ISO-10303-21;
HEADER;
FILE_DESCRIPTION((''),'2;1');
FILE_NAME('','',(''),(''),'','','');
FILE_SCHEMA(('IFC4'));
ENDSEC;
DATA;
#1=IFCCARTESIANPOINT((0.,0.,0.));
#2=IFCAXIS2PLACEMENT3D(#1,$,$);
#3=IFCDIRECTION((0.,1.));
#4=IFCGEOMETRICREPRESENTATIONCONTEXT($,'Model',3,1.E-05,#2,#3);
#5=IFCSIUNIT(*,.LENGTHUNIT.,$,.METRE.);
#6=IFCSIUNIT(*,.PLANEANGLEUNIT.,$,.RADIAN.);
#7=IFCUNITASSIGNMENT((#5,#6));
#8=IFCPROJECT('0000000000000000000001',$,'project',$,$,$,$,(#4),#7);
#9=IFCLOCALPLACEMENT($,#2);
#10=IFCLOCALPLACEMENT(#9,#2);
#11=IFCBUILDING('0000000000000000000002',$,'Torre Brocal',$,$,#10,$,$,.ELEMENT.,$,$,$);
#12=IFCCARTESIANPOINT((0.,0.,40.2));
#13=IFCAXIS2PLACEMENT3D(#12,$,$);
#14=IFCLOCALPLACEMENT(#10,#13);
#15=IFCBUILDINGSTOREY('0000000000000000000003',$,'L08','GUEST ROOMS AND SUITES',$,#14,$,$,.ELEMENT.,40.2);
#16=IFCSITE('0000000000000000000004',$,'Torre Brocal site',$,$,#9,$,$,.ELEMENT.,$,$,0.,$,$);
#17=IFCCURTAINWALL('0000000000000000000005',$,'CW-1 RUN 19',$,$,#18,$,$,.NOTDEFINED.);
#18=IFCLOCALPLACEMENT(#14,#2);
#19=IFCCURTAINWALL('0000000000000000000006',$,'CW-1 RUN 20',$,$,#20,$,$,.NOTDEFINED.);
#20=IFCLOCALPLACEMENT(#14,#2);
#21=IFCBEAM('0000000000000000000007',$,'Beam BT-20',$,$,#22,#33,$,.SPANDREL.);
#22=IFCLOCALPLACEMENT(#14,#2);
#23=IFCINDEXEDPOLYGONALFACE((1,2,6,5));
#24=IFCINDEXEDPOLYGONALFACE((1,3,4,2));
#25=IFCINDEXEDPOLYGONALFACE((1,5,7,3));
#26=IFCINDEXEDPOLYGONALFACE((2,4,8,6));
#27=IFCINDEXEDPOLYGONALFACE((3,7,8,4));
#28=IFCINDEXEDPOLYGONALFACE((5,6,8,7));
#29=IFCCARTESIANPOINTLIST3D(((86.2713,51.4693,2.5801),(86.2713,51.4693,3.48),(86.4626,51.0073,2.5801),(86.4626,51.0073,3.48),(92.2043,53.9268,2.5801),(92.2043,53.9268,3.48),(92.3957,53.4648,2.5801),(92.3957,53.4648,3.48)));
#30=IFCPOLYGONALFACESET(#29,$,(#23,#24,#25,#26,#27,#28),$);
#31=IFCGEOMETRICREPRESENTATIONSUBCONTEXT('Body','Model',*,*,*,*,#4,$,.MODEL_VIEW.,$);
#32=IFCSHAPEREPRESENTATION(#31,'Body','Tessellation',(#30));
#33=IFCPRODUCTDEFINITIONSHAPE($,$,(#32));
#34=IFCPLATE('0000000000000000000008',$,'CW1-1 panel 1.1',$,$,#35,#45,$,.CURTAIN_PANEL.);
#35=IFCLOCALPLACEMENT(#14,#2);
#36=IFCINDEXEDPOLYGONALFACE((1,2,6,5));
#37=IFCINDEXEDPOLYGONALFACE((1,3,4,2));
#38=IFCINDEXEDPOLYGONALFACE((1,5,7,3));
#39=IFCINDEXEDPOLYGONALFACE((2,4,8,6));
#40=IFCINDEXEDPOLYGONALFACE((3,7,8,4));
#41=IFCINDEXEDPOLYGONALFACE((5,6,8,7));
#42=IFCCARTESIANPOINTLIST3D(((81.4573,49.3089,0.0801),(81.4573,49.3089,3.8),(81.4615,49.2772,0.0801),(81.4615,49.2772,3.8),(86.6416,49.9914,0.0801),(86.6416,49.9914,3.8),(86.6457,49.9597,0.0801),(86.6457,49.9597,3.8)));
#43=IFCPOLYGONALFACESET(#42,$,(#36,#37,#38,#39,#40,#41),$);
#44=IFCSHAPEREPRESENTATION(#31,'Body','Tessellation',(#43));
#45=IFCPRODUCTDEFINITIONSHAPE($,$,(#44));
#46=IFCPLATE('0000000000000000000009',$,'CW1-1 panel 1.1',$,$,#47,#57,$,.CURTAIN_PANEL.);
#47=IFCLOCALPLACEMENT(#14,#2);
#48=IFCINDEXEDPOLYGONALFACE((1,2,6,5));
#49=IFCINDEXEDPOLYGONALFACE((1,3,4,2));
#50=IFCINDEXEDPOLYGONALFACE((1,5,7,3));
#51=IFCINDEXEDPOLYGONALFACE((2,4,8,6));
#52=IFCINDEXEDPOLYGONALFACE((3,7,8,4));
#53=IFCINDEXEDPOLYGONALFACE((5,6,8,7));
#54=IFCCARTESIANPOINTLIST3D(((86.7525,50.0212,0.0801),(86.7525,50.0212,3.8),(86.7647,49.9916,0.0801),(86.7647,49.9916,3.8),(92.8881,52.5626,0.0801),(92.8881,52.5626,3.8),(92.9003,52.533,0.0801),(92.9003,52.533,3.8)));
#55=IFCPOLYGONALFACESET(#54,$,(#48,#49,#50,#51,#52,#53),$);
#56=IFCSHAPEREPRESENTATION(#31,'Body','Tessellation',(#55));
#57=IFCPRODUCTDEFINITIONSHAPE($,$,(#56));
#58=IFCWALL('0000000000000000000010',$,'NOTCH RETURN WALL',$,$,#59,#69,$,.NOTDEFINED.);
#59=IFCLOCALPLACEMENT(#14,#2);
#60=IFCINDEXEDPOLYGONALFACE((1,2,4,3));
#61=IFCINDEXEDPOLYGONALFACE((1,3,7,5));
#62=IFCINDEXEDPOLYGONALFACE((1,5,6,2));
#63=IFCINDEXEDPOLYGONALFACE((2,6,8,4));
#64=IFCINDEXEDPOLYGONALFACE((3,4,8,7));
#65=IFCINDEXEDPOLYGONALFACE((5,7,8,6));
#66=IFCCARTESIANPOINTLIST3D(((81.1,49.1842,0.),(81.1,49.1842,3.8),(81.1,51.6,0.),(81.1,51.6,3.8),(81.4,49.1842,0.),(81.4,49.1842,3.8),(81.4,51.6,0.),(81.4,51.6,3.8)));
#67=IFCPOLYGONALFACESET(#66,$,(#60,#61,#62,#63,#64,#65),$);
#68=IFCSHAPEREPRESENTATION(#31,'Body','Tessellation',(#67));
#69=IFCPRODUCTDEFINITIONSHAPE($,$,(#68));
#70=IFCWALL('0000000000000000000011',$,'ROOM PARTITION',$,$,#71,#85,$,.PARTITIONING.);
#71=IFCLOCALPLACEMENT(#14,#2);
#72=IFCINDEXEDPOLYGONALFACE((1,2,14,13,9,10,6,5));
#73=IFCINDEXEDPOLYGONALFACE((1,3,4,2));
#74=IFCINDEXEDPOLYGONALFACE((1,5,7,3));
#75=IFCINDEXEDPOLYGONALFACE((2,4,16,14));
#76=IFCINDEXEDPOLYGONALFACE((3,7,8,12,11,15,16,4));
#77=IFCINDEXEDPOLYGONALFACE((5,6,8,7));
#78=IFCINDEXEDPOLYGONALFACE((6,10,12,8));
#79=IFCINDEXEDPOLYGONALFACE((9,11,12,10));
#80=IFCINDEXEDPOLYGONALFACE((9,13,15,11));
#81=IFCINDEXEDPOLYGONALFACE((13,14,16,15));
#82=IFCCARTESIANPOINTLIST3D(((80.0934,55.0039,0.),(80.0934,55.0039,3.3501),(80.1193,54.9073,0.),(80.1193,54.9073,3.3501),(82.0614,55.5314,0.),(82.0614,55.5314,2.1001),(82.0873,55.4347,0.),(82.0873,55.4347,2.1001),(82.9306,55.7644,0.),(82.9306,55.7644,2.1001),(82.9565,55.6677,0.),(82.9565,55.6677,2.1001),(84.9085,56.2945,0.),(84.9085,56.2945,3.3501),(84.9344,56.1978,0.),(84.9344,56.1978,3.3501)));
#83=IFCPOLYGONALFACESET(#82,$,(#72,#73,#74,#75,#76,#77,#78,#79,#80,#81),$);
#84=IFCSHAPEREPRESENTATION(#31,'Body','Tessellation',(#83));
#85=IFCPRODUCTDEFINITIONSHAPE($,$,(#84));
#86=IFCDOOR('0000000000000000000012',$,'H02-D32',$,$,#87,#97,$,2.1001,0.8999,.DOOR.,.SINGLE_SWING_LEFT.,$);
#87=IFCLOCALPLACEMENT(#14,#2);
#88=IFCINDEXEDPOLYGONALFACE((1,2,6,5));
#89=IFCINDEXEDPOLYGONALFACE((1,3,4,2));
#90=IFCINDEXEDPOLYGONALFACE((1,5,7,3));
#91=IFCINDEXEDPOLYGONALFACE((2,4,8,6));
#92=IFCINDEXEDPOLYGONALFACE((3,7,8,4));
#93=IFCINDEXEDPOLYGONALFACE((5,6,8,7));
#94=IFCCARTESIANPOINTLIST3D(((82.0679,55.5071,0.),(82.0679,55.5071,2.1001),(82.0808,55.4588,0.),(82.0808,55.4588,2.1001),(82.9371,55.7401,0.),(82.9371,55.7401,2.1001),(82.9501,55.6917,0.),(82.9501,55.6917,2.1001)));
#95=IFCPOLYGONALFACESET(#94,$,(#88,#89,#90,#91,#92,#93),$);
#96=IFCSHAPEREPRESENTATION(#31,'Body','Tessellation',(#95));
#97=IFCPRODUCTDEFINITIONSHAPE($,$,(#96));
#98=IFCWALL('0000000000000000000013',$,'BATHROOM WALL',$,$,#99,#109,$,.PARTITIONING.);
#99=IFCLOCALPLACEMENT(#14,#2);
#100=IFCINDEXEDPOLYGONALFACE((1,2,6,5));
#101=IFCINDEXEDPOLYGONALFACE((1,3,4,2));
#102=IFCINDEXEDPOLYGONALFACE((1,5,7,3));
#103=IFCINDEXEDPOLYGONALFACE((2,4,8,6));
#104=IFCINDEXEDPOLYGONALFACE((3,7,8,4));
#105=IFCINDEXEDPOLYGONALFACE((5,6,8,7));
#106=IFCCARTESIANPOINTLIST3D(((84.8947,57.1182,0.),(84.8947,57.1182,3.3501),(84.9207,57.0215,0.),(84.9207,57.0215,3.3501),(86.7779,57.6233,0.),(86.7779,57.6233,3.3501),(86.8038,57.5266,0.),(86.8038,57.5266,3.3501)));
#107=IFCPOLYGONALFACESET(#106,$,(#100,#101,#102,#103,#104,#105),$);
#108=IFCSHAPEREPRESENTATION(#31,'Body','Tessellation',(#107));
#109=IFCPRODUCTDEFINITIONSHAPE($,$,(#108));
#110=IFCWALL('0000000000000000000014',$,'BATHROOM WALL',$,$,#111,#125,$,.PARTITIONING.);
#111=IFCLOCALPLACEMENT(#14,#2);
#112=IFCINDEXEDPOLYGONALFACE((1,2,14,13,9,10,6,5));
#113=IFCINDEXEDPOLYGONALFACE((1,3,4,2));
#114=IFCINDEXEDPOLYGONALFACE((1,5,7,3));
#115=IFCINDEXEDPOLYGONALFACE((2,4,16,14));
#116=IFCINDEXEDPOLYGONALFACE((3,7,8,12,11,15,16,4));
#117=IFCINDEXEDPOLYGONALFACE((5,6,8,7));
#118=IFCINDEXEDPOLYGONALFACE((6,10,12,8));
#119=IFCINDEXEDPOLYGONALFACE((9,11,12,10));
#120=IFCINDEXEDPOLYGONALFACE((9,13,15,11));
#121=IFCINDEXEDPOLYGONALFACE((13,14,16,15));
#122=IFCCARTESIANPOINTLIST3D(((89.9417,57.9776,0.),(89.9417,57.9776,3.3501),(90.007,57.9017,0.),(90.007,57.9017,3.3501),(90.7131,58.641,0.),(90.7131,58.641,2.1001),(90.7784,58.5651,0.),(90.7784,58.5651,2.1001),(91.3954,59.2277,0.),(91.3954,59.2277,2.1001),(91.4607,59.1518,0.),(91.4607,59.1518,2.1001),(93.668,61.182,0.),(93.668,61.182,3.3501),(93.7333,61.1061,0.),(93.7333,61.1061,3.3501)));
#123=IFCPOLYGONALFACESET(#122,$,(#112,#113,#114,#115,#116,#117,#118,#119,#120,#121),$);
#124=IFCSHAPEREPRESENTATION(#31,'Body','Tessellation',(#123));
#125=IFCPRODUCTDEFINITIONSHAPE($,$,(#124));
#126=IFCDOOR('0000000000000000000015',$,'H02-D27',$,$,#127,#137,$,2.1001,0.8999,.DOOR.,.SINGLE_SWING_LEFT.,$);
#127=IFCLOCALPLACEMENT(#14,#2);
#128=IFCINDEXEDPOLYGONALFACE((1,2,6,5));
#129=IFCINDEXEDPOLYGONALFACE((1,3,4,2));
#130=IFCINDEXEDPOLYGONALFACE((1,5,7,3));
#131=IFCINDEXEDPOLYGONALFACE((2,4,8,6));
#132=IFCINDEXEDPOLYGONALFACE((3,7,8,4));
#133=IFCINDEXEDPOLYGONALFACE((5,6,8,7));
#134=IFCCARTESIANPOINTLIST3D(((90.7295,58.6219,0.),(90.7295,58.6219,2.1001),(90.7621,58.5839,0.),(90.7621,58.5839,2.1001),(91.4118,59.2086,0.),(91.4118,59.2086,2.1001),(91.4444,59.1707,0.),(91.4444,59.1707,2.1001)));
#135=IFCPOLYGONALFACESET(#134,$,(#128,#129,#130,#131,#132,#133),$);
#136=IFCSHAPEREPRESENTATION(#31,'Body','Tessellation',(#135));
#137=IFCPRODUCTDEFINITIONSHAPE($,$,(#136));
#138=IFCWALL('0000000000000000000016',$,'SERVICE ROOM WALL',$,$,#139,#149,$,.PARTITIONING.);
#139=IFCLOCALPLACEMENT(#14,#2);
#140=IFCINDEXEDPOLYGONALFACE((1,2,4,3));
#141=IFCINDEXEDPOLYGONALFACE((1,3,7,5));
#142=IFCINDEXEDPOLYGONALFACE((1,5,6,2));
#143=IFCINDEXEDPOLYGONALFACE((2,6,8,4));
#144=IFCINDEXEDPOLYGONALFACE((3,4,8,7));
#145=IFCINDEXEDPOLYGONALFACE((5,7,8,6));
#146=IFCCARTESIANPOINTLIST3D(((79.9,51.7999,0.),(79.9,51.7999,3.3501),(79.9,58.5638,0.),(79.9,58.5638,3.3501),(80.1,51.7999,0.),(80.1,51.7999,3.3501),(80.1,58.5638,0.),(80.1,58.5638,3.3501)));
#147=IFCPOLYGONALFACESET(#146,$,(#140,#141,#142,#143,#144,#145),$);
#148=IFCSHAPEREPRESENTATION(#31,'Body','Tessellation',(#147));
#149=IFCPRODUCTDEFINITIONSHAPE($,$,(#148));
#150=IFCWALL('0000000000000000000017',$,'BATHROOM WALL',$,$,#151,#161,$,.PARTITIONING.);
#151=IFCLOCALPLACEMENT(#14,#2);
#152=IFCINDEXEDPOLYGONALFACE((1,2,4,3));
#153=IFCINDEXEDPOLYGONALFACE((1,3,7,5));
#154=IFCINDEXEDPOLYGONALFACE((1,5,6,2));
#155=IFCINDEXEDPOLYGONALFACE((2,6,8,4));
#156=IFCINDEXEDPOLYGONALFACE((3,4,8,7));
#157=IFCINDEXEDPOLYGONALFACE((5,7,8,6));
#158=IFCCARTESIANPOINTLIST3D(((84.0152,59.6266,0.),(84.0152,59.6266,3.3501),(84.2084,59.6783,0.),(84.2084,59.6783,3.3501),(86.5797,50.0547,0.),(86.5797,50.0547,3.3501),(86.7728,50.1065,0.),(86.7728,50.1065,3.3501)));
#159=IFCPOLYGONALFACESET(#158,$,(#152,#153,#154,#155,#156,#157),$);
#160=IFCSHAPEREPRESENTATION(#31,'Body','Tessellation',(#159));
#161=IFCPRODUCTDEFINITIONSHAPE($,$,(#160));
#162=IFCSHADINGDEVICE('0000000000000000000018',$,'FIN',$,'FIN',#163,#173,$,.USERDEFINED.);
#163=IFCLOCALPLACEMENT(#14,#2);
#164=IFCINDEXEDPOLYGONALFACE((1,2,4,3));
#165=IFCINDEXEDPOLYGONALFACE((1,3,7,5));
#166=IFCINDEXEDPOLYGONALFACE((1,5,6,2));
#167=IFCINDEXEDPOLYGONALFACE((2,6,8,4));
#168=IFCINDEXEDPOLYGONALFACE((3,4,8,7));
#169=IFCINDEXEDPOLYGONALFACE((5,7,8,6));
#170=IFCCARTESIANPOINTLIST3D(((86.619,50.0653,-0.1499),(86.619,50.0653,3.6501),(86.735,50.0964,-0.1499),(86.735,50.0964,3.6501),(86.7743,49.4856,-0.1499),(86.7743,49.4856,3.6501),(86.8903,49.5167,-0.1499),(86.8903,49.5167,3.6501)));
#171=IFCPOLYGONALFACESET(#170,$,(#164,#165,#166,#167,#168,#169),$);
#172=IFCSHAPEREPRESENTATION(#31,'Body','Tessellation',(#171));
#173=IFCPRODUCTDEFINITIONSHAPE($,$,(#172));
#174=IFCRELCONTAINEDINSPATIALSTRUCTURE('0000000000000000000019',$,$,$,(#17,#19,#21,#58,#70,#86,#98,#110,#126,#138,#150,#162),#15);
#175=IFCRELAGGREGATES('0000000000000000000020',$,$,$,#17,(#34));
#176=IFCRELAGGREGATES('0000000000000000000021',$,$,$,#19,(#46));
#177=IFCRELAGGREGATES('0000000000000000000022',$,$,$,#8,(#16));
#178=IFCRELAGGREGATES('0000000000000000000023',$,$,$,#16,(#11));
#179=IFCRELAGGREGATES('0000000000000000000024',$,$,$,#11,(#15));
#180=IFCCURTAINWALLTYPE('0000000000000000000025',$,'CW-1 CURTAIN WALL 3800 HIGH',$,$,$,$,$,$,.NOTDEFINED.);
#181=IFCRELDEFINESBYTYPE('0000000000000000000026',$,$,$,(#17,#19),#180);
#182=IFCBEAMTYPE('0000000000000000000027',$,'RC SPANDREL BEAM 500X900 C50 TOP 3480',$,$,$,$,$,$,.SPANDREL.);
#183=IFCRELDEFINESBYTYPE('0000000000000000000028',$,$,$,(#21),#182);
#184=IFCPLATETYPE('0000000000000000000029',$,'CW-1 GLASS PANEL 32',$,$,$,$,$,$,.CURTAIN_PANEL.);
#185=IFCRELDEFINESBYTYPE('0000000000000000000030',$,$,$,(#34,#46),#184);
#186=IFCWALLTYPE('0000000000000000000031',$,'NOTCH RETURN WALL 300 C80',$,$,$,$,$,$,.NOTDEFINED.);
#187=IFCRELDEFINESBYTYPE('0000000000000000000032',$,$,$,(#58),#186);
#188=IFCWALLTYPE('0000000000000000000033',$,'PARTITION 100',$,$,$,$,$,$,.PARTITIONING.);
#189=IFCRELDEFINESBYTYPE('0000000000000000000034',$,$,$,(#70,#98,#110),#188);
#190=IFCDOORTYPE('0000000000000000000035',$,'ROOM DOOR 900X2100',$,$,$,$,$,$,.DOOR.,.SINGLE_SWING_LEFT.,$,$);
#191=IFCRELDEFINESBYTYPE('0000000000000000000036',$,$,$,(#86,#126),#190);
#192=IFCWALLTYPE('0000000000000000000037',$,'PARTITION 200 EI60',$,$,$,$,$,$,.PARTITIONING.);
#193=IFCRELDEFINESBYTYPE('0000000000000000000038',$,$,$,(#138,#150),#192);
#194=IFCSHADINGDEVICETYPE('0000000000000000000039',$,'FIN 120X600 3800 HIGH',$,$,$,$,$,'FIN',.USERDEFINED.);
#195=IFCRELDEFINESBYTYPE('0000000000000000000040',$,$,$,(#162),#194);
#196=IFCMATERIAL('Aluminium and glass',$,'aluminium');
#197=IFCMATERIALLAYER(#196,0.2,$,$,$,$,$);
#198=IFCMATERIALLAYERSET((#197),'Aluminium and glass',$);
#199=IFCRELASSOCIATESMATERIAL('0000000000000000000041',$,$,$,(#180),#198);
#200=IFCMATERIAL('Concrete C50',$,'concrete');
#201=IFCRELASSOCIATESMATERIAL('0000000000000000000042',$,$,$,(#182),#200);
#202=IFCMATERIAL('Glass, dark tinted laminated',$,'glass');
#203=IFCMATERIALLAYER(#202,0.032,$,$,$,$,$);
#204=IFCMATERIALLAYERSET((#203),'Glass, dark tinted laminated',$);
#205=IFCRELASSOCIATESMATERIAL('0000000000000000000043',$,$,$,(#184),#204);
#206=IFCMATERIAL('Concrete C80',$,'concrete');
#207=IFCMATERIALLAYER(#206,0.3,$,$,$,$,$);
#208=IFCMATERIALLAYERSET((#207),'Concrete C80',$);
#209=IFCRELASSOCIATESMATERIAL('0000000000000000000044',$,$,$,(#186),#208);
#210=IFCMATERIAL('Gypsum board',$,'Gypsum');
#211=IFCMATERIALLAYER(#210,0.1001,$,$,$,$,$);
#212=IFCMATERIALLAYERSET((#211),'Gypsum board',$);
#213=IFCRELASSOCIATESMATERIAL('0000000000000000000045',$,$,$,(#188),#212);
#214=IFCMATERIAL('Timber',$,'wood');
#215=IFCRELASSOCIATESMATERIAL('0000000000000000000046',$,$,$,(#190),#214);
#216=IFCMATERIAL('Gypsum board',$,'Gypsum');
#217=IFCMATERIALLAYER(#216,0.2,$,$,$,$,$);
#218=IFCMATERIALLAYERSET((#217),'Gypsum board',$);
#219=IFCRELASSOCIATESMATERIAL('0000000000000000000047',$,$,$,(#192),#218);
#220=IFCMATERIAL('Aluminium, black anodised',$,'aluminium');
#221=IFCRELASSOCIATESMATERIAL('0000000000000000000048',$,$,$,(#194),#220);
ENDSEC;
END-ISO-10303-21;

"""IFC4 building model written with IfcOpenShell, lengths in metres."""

from ifc_helpers import new_model, si_unit, direction, frame, frame_2d, origin, origin_2d, place, context, subcontext, project, spatial, rectangle, extrude, material, layer, layer_set, material_profile, profile_set, type_object, element, fill, aggregate, save


model = new_model("IFC4")

# Units and contexts
model_context = context("Model", 3, precision=1e-05, world=origin(), true_north=direction((0.0, 1.0)))
body_context = subcontext(model_context, "Body", "Model", "MODEL_VIEW")
ifc_project = project(units=[si_unit("LENGTHUNIT", "METRE"), si_unit("PLANEANGLEUNIT", "RADIAN")], contexts=[model_context])

# Site, building, storey
site_placement = place(None, origin())
site = spatial("IfcSite", under=ifc_project, at=site_placement, Name="Torre Brocal site", CompositionType="ELEMENT", RefElevation=0.0)
building_placement = place(site_placement, origin())
building = spatial("IfcBuilding", under=site, at=building_placement, Name="Torre Brocal", CompositionType="ELEMENT")
storey_placement = place(building_placement, frame((0.0, 0.0, 40.2)))
storey = spatial("IfcBuildingStorey", under=building, at=storey_placement, Name="L08", Description="GUEST ROOMS AND SUITES", CompositionType="ELEMENT", Elevation=40.2)

# Curtain wall
ifc_material_1 = material(Name="Aluminium and glass", Category="aluminium")
ifc_layer_1 = layer(ifc_material_1, 0.2)
ifc_layer_set_1 = layer_set([ifc_layer_1], Name="Aluminium and glass")
curtain_wall_type = type_object("IfcCurtainWallType", Name="CW-1 CURTAIN WALL 3800 HIGH", PredefinedType="NOTDEFINED", material=ifc_layer_set_1)
curtain_wall_1_placement = place(storey_placement, origin())
curtain_wall_1 = element("IfcCurtainWall", 1, at=curtain_wall_1_placement, inside=storey, type_object=curtain_wall_type, Name="CW-1 RUN 19", PredefinedType="NOTDEFINED")

# Curtain wall
curtain_wall_2_placement = place(storey_placement, origin())
curtain_wall_2 = element("IfcCurtainWall", 2, at=curtain_wall_2_placement, inside=storey, type_object=curtain_wall_type, Name="CW-1 RUN 20", PredefinedType="NOTDEFINED")

# Beam
ifc_material_2 = material(Name="Concrete C50", Category="concrete")
ifc_material_profile_1 = material_profile(ifc_material_2, rectangle(XDim=0.5, YDim=0.8999, at=origin_2d()), Name="RC 500X900")
ifc_profile_set_1 = profile_set([ifc_material_profile_1], Name="Concrete C50")
beam_type_1 = type_object("IfcBeamType", Name="RC SPANDREL BEAM 500X900 C50 TOP 3480", PredefinedType="SPANDREL", material=ifc_profile_set_1)
beam_1_placement = place(storey_placement, frame((86.3669, 51.2383, 3.03), z_axis=(0.923882, 0.382676, 0.0), x_axis=(-0.382676, 0.923882, 0.0)))
element("IfcBeam", 3, at=beam_1_placement, inside=storey, type_object=beam_type_1, Name="Beam BT-20", PredefinedType="SPANDREL", context=body_context, shape_type="SweptSolid", body=[
    extrude(rectangle(XDim=0.5, YDim=0.8999, at=origin_2d()), origin(), (0.0, 0.0, 1.0), 6.4219),
])

# Plates
ifc_material_3 = material(Name="Glass, dark tinted laminated", Category="glass")
ifc_layer_2 = layer(ifc_material_3, 0.032)
ifc_layer_set_2 = layer_set([ifc_layer_2], Name="Glass, dark tinted laminated")
plate_type = type_object("IfcPlateType", Name="CW-1 GLASS PANEL 32", PredefinedType="CURTAIN_PANEL", material=ifc_layer_set_2)
plate_1_placement = place(storey_placement, frame((84.0515, 49.6343, 0.0801), z_axis=(0.0, 0.0, 1.0), x_axis=(0.991445, 0.130526, 0.0)))
plate_1 = element("IfcPlate", 4, at=plate_1_placement, type_object=plate_type, Name="CW1-1 panel 1.1", PredefinedType="CURTAIN_PANEL", context=body_context, shape_type="SweptSolid", body=[
    extrude(rectangle(XDim=5.229, YDim=0.032, at=origin_2d()), origin(), (0.0, 0.0, 1.0), 3.72),
])
aggregate(curtain_wall_1, [plate_1])
plate_2_placement = place(storey_placement, frame((89.8264, 51.2771, 0.0801), z_axis=(0.0, 0.0, 1.0), x_axis=(0.92388, 0.382683, 0.0)))
plate_2 = element("IfcPlate", 5, at=plate_2_placement, type_object=plate_type, Name="CW1-1 panel 1.1", PredefinedType="CURTAIN_PANEL", context=body_context, shape_type="SweptSolid", body=[
    extrude(rectangle(XDim=6.6411, YDim=0.032, at=origin_2d()), origin(), (0.0, 0.0, 1.0), 3.72),
])
aggregate(curtain_wall_2, [plate_2])

# Wall
ifc_material_4 = material(Name="Concrete C80", Category="concrete")
ifc_layer_3 = layer(ifc_material_4, 0.3)
ifc_layer_set_3 = layer_set([ifc_layer_3], Name="Concrete C80")
wall_type_1 = type_object("IfcWallType", Name="NOTCH RETURN WALL 300 C80", PredefinedType="NOTDEFINED", material=ifc_layer_set_3)
wall_1_placement = place(storey_placement, frame((81.25, 51.6001, 0.0), z_axis=(0.0, 0.0, 1.0), x_axis=(0.0, -1.0, 0.0)))
element("IfcWall", 6, at=wall_1_placement, inside=storey, type_object=wall_type_1, Name="NOTCH RETURN WALL", PredefinedType="NOTDEFINED", context=body_context, shape_type="SweptSolid", body=[
    extrude(rectangle(XDim=2.4158, YDim=0.3, at=frame_2d((1.208, 0.0))), origin(), (0.0, 0.0, 1.0), 3.8),
])

# Wall, opening, door
ifc_material_5 = material(Name="Gypsum board", Category="Gypsum")
ifc_layer_4 = layer(ifc_material_5, 0.1001)
ifc_layer_set_4 = layer_set([ifc_layer_4], Name="Gypsum board")
wall_type_2 = type_object("IfcWallType", Name="PARTITION 100", PredefinedType="PARTITIONING", material=ifc_layer_set_4)
wall_2_placement = place(storey_placement, frame((80.1062, 54.9556, 0.0), z_axis=(0.0, 0.0, 1.0), x_axis=(0.965911, 0.258876, 0.0)))
wall_2 = element("IfcWall", 7, at=wall_2_placement, inside=storey, type_object=wall_type_2, Name="ROOM PARTITION", PredefinedType="PARTITIONING", context=body_context, shape_type="SweptSolid", body=[
    extrude(rectangle(XDim=4.9851, YDim=0.1001, at=frame_2d((2.4927, 0.0))), origin(), (0.0, 0.0, 1.0), 3.3501),
])
opening_1_placement = place(wall_2_placement, frame((2.0376, 0.0, 0.0)))
opening_1 = element("IfcOpeningElement", 8, at=opening_1_placement, cuts=wall_2, PredefinedType="OPENING", context=body_context, shape_type="SweptSolid", body=[
    extrude(rectangle(XDim=0.8999, YDim=2.1001, at=frame_2d((0.45, 1.05))), frame((0.0, 0.0601, 0.0), z_axis=(0.0, -1.0, 0.0), x_axis=(1.0, 0.0, 0.0)), (0.0, 0.0, 1.0), 0.1201),
])
ifc_material_6 = material(Name="Timber", Category="wood")
door_type = type_object("IfcDoorType", Name="ROOM DOOR 900X2100", OperationType="SINGLE_SWING_LEFT", PredefinedType="DOOR", material=ifc_material_6)
door_1_placement = place(opening_1_placement, origin())
door_1 = element("IfcDoor", 9, at=door_1_placement, inside=storey, type_object=door_type, Name="H02-D32", OperationType="SINGLE_SWING_LEFT", OverallHeight=2.1001, OverallWidth=0.8999, PredefinedType="DOOR", context=body_context, shape_type="SweptSolid", body=[
    extrude(rectangle(XDim=0.8999, YDim=2.1001, at=frame_2d((0.45, 1.05))), frame((0.0, 0.0249, 0.0), z_axis=(0.0, -1.0, 0.0), x_axis=(1.0, 0.0, 0.0)), (0.0, 0.0, 1.0), 0.05),
])
fill(opening_1, door_1)

# Wall
wall_3_placement = place(storey_placement, frame((84.9077, 57.0698, 0.0), z_axis=(0.0, 0.0, 1.0), x_axis=(0.965854, 0.259089, 0.0)))
element("IfcWall", 10, at=wall_3_placement, inside=storey, type_object=wall_type_2, Name="BATHROOM WALL", PredefinedType="PARTITIONING", context=body_context, shape_type="SweptSolid", body=[
    extrude(rectangle(XDim=1.9497, YDim=0.1001, at=frame_2d((0.9749, 0.0))), origin(), (0.0, 0.0, 1.0), 3.3501),
])

# Wall, opening, door
wall_4_placement = place(storey_placement, frame((89.9744, 57.9397, 0.0), z_axis=(0.0, 0.0, 1.0), x_axis=(0.758214, 0.652006, 0.0)))
wall_4 = element("IfcWall", 11, at=wall_4_placement, inside=storey, type_object=wall_type_2, Name="BATHROOM WALL", PredefinedType="PARTITIONING", context=body_context, shape_type="SweptSolid", body=[
    extrude(rectangle(XDim=4.9146, YDim=0.1001, at=frame_2d((2.4573, 0.0))), origin(), (0.0, 0.0, 1.0), 3.3501),
])
opening_2_placement = place(wall_4_placement, frame((1.0173, 0.0, 0.0)))
opening_2 = element("IfcOpeningElement", 12, at=opening_2_placement, cuts=wall_4, PredefinedType="OPENING", context=body_context, shape_type="SweptSolid", body=[
    extrude(rectangle(XDim=0.8999, YDim=2.1001, at=frame_2d((0.45, 1.05))), frame((0.0, 0.0601, 0.0), z_axis=(0.0, -1.0, 0.0), x_axis=(1.0, 0.0, 0.0)), (0.0, 0.0, 1.0), 0.1201),
])
door_2_placement = place(opening_2_placement, origin())
door_2 = element("IfcDoor", 13, at=door_2_placement, inside=storey, type_object=door_type, Name="H02-D27", OperationType="SINGLE_SWING_LEFT", OverallHeight=2.1001, OverallWidth=0.8999, PredefinedType="DOOR", context=body_context, shape_type="SweptSolid", body=[
    extrude(rectangle(XDim=0.8999, YDim=2.1001, at=frame_2d((0.45, 1.05))), frame((0.0, 0.0249, 0.0), z_axis=(0.0, -1.0, 0.0), x_axis=(1.0, 0.0, 0.0)), (0.0, 0.0, 1.0), 0.05),
])
fill(opening_2, door_2)

# Walls
ifc_material_7 = material(Name="Gypsum board", Category="Gypsum")
ifc_layer_5 = layer(ifc_material_7, 0.2)
ifc_layer_set_5 = layer_set([ifc_layer_5], Name="Gypsum board")
wall_type_3 = type_object("IfcWallType", Name="PARTITION 200 EI60", PredefinedType="PARTITIONING", material=ifc_layer_set_5)
wall_5_placement = place(storey_placement, frame((80.0, 51.8, 0.0), z_axis=(0.0, 0.0, 1.0), x_axis=(0.0, 1.0, 0.0)))
element("IfcWall", 14, at=wall_5_placement, inside=storey, type_object=wall_type_3, Name="SERVICE ROOM WALL", PredefinedType="PARTITIONING", context=body_context, shape_type="SweptSolid", body=[
    extrude(rectangle(XDim=6.7639, YDim=0.2, at=frame_2d((3.3818, 0.0))), origin(), (0.0, 0.0, 1.0), 3.3501),
])
wall_6_placement = place(storey_placement, frame((84.1118, 59.6523, 0.0), z_axis=(0.0, 0.0, 1.0), x_axis=(0.258791, -0.965933, 0.0)))
element("IfcWall", 15, at=wall_6_placement, inside=storey, type_object=wall_type_3, Name="BATHROOM WALL", PredefinedType="PARTITIONING", context=body_context, shape_type="SweptSolid", body=[
    extrude(rectangle(XDim=9.9094, YDim=0.2, at=frame_2d((4.9546, 0.0))), origin(), (0.0, 0.0, 1.0), 3.3501),
])

# Shading device
ifc_material_8 = material(Name="Aluminium, black anodised", Category="aluminium")
ifc_material_profile_2 = material_profile(ifc_material_8, rectangle(XDim=0.1201, YDim=0.6001, at=origin_2d()), Name="FIN 120X600 3800 HIGH")
ifc_profile_set_2 = profile_set([ifc_material_profile_2], Name="Aluminium, black anodised")
shading_device_type = type_object("IfcShadingDeviceType", Name="FIN 120X600 3800 HIGH", ElementType="FIN", PredefinedType="USERDEFINED", material=ifc_profile_set_2)
shading_device_placement = place(storey_placement, frame((86.7546, 49.791, -0.1499), z_axis=(0.0, 0.0, 1.0), x_axis=(0.965926, 0.258819, 0.0)))
element("IfcShadingDevice", 16, at=shading_device_placement, inside=storey, type_object=shading_device_type, Name="FIN", ObjectType="FIN", PredefinedType="USERDEFINED", context=body_context, shape_type="SweptSolid", body=[
    extrude(rectangle(XDim=0.1201, YDim=0.6001, at=origin_2d()), origin(), (0.0, 0.0, 1.0), 3.8),
])

save(model, "model.ifc")
